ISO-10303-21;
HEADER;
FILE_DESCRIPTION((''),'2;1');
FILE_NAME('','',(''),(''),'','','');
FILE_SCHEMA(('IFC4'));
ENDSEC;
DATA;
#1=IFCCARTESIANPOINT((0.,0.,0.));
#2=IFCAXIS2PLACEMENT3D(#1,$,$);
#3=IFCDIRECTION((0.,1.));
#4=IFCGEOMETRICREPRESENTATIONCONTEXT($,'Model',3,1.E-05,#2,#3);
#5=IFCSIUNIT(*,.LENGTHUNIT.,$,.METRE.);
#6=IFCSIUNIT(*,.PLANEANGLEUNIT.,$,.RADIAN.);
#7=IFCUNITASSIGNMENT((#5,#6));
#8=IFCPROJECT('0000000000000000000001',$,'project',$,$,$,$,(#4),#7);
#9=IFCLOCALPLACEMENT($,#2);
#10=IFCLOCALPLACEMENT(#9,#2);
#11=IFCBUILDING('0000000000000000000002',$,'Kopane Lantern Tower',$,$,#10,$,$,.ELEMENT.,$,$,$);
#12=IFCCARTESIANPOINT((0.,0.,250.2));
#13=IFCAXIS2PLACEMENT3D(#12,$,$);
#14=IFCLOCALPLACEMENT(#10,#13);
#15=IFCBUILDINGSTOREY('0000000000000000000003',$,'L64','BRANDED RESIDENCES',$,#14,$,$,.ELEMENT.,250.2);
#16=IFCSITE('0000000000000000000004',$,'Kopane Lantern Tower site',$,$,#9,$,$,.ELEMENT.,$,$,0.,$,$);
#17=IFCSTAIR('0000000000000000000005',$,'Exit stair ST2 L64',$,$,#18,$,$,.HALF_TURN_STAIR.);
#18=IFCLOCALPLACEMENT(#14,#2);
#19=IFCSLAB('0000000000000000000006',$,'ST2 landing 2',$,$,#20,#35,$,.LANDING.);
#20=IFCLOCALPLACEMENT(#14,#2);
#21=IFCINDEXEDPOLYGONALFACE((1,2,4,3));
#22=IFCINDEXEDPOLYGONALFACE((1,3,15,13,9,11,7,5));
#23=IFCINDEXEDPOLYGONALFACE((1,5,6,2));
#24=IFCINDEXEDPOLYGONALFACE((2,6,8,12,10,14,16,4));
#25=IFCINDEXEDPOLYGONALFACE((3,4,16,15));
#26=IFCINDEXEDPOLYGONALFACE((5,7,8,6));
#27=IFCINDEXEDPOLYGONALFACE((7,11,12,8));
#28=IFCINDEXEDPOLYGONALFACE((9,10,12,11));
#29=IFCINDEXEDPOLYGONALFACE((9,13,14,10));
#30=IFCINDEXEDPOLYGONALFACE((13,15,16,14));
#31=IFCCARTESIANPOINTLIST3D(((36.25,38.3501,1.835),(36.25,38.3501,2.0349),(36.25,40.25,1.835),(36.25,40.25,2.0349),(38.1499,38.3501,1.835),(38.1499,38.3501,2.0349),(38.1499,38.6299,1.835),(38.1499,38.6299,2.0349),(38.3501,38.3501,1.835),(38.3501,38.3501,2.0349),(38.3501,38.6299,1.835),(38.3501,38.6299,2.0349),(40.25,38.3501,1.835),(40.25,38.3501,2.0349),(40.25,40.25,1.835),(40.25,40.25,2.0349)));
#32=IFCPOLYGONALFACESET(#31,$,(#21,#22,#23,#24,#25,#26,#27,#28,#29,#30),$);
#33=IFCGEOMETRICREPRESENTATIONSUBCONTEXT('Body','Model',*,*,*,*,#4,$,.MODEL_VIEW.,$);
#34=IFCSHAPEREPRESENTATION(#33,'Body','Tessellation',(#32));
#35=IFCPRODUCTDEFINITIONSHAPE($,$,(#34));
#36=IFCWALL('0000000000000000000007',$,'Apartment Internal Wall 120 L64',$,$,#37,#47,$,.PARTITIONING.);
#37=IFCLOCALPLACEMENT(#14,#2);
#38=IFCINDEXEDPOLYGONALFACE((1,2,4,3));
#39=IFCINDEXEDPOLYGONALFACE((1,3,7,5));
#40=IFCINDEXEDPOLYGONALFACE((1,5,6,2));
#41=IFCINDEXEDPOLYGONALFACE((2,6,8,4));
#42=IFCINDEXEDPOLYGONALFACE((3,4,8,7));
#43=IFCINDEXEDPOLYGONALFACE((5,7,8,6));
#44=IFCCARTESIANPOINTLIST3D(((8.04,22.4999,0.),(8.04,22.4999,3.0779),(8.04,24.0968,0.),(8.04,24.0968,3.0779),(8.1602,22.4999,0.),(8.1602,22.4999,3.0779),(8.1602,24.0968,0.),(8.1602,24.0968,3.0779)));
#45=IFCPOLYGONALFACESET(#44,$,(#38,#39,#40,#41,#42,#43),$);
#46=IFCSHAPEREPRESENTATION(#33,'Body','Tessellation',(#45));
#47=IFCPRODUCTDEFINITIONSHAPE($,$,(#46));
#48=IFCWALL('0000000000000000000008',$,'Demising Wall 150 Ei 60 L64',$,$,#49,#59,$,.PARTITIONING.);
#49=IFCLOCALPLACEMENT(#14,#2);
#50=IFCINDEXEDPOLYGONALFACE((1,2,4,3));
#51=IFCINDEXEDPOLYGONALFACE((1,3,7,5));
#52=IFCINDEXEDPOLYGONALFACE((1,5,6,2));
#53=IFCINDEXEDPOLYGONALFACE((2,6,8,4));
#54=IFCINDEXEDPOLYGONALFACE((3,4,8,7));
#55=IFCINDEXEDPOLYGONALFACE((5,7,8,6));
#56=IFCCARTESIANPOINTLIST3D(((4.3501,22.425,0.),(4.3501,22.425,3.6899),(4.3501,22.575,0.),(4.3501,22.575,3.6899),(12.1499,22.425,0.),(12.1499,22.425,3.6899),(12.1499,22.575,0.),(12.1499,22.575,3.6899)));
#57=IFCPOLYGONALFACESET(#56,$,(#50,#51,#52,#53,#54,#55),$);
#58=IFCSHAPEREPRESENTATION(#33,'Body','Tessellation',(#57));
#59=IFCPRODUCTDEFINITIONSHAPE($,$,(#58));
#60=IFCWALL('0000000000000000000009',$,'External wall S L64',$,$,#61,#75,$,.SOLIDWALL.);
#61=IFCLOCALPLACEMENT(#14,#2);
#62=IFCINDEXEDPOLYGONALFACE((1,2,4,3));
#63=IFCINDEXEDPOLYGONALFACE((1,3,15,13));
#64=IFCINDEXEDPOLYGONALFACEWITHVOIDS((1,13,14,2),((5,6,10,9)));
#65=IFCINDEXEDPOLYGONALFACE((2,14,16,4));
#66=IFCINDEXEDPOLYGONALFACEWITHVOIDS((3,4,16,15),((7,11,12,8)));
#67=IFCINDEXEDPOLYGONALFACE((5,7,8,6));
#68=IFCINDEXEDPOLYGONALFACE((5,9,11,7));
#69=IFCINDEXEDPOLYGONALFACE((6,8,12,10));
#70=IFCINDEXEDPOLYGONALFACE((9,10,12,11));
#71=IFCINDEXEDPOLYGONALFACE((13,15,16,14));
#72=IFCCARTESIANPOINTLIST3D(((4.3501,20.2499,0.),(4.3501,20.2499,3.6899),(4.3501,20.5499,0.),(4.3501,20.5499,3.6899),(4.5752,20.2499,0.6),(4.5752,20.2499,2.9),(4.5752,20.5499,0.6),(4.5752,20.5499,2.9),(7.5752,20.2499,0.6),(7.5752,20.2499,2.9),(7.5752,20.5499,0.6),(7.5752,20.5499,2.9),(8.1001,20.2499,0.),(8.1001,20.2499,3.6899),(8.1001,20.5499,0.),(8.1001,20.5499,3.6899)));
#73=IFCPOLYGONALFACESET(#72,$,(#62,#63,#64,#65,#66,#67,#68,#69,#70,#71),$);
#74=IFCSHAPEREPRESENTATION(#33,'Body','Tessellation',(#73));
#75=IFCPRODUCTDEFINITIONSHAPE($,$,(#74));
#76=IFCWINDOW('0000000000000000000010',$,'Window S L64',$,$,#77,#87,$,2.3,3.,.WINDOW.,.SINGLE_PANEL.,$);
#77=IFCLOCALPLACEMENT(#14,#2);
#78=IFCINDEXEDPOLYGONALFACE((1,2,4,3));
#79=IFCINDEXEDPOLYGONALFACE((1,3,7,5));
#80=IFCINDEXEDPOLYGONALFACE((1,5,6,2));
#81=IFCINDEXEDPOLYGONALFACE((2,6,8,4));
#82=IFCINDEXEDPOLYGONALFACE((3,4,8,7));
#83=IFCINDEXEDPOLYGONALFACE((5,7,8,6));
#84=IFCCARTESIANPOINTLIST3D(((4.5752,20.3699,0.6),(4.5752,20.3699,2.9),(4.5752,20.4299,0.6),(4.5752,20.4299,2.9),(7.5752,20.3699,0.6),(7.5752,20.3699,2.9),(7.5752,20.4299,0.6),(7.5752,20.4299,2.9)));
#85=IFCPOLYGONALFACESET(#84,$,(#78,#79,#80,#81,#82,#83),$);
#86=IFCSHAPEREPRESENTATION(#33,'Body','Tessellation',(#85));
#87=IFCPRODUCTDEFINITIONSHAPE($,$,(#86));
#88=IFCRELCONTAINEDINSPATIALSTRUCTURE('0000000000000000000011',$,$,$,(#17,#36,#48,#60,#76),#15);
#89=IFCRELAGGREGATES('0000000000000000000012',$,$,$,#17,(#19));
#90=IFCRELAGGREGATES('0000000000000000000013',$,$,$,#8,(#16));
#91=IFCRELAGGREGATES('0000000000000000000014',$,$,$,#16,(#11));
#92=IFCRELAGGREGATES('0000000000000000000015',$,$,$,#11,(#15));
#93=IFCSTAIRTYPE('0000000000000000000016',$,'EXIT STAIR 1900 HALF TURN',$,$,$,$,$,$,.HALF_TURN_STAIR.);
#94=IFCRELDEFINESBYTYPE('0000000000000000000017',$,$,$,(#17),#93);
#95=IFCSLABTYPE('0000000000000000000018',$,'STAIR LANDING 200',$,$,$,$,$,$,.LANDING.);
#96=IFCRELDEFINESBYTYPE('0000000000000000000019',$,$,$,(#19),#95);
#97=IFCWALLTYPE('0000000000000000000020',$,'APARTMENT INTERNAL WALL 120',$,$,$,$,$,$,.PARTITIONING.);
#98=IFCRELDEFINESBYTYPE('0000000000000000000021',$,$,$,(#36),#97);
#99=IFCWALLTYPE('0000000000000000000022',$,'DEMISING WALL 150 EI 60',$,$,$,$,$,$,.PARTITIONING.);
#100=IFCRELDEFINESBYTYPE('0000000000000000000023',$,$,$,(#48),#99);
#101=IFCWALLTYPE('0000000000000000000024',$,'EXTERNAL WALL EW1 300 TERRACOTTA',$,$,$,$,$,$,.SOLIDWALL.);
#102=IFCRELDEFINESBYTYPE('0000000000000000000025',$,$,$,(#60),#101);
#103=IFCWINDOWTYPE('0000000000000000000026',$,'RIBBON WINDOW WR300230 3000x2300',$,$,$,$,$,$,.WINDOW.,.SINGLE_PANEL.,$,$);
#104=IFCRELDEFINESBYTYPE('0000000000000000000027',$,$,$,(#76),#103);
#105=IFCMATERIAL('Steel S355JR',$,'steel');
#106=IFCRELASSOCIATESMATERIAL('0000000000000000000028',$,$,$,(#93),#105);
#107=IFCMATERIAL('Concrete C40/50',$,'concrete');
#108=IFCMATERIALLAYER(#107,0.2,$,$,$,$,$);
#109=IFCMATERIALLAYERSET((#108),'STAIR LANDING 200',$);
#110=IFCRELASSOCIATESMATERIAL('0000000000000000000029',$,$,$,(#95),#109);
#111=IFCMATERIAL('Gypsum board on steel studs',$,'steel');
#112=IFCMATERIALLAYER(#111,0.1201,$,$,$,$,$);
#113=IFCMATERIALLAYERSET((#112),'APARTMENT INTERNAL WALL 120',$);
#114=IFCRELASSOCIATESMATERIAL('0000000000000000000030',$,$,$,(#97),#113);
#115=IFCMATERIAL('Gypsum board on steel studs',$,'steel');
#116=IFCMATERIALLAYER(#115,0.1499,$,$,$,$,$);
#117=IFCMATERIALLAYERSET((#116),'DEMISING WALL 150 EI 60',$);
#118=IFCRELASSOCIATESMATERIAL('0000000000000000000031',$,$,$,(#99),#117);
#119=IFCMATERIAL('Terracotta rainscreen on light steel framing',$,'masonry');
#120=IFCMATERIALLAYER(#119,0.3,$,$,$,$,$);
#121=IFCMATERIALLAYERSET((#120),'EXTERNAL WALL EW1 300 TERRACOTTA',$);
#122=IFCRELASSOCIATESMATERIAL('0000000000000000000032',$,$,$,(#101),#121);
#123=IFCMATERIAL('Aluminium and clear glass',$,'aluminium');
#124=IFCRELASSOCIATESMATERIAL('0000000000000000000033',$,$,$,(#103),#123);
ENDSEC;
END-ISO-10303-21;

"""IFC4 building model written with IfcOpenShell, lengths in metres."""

from ifc_helpers import new_model, si_unit, direction, frame, frame_2d, origin, place, context, subcontext, project, spatial, polyline, rectangle, outline, extrude, material, layer, layer_set, type_object, element, fill, aggregate, save


model = new_model("IFC4")

# Units and contexts
model_context = context("Model", 3, precision=1e-05, world=origin(), true_north=direction((0.0, 1.0)))
body_context = subcontext(model_context, "Body", "Model", "MODEL_VIEW")
ifc_project = project(units=[si_unit("LENGTHUNIT", "METRE"), si_unit("PLANEANGLEUNIT", "RADIAN")], contexts=[model_context])

# Site, building, storey
site_placement = place(None, origin())
site = spatial("IfcSite", under=ifc_project, at=site_placement, Name="Kopane Lantern Tower site", CompositionType="ELEMENT", RefElevation=0.0)
building_placement = place(site_placement, origin())
building = spatial("IfcBuilding", under=site, at=building_placement, Name="Kopane Lantern Tower", CompositionType="ELEMENT")
storey_placement = place(building_placement, frame((0.0, 0.0, 250.2)))
storey = spatial("IfcBuildingStorey", under=building, at=storey_placement, Name="L64", Description="BRANDED RESIDENCES", CompositionType="ELEMENT", Elevation=250.2)

# Stair, slab
ifc_material_1 = material(Name="Steel S355JR", Category="steel")
stair_type = type_object("IfcStairType", Name="EXIT STAIR 1900 HALF TURN", PredefinedType="HALF_TURN_STAIR", material=ifc_material_1)
ifc_material_2 = material(Name="Concrete C40/50", Category="concrete")
ifc_layer_1 = layer(ifc_material_2, 0.2)
ifc_layer_set_1 = layer_set([ifc_layer_1], Name="STAIR LANDING 200")
slab_type_1 = type_object("IfcSlabType", Name="STAIR LANDING 200", PredefinedType="LANDING", material=ifc_layer_set_1)
stair_1_placement = place(storey_placement, origin())
stair_1 = element("IfcStair", 1, at=stair_1_placement, inside=storey, type_object=stair_type, Name="Exit stair ST2 L64", PredefinedType="HALF_TURN_STAIR")
slab_1_placement = place(storey_placement, frame((0.0, 0.0, 1.835)))
slab_1 = element("IfcSlab", 2, at=slab_1_placement, type_object=slab_type_1, Name="ST2 landing 2", PredefinedType="LANDING", context=body_context, shape_type="SweptSolid", body=[
    extrude(outline(polyline([(38.1499, 38.6299), (38.3501, 38.6299), (38.3501, 38.3501), (40.25, 38.3501), (40.25, 40.25), (36.25, 40.25), (36.25, 38.3501), (38.1499, 38.3501), (38.1499, 38.6299)])), origin(), (0.0, 0.0, 1.0), 0.2),
])
aggregate(stair_1, [slab_1])

# Walls
ifc_material_3 = material(Name="Gypsum board on steel studs", Category="steel")
ifc_layer_2 = layer(ifc_material_3, 0.1201)
ifc_layer_set_2 = layer_set([ifc_layer_2], Name="APARTMENT INTERNAL WALL 120")
wall_type_1 = type_object("IfcWallType", Name="APARTMENT INTERNAL WALL 120", PredefinedType="PARTITIONING", material=ifc_layer_set_2)
wall_1_placement = place(storey_placement, frame((8.1001, 22.5, 0.0), z_axis=(0.0, 0.0, 1.0), x_axis=(0.0, 1.0, 0.0)))
element("IfcWall", 3, at=wall_1_placement, inside=storey, type_object=wall_type_1, Name="Apartment Internal Wall 120 L64", PredefinedType="PARTITIONING", context=body_context, shape_type="SweptSolid", body=[
    extrude(rectangle(XDim=1.5969, YDim=0.1201, at=frame_2d((0.7983, 0.0))), origin(), (0.0, 0.0, 1.0), 3.0779),
])
ifc_material_4 = material(Name="Gypsum board on steel studs", Category="steel")
ifc_layer_3 = layer(ifc_material_4, 0.1499)
ifc_layer_set_3 = layer_set([ifc_layer_3], Name="DEMISING WALL 150 EI 60")
wall_type_2 = type_object("IfcWallType", Name="DEMISING WALL 150 EI 60", PredefinedType="PARTITIONING", material=ifc_layer_set_3)
wall_2_placement = place(storey_placement, frame((4.3501, 22.5, 0.0), z_axis=(0.0, 0.0, 1.0), x_axis=(1.0, 0.0, 0.0)))
element("IfcWall", 4, at=wall_2_placement, inside=storey, type_object=wall_type_2, Name="Demising Wall 150 Ei 60 L64", PredefinedType="PARTITIONING", context=body_context, shape_type="SweptSolid", body=[
    extrude(rectangle(XDim=7.7998, YDim=0.1499, at=frame_2d((3.8999, 0.0))), origin(), (0.0, 0.0, 1.0), 3.6899),
])

# Wall, opening, window
ifc_material_5 = material(Name="Terracotta rainscreen on light steel framing", Category="masonry")
ifc_layer_4 = layer(ifc_material_5, 0.3)
ifc_layer_set_4 = layer_set([ifc_layer_4], Name="EXTERNAL WALL EW1 300 TERRACOTTA")
wall_type_3 = type_object("IfcWallType", Name="EXTERNAL WALL EW1 300 TERRACOTTA", PredefinedType="SOLIDWALL", material=ifc_layer_set_4)
wall_3_placement = place(storey_placement, frame((4.3501, 20.3999, 0.0), z_axis=(0.0, 0.0, 1.0), x_axis=(1.0, 0.0, 0.0)))
wall_3 = element("IfcWall", 5, at=wall_3_placement, inside=storey, type_object=wall_type_3, Name="External wall S L64", PredefinedType="SOLIDWALL", context=body_context, shape_type="SweptSolid", body=[
    extrude(rectangle(XDim=3.75, YDim=0.3, at=frame_2d((1.875, 0.0))), origin(), (0.0, 0.0, 1.0), 3.6899),
])
opening_placement = place(wall_3_placement, frame((0.2251, 0.0, 0.6001)))
opening = element("IfcOpeningElement", 6, at=opening_placement, cuts=wall_3, PredefinedType="OPENING", context=body_context, shape_type="SweptSolid", body=[
    extrude(rectangle(XDim=3.0, YDim=2.3, at=frame_2d((1.5, 1.1499))), frame((0.0, 0.1599, 0.0), z_axis=(0.0, -1.0, 0.0), x_axis=(1.0, 0.0, 0.0)), (0.0, 0.0, 1.0), 0.3201),
])
ifc_material_6 = material(Name="Aluminium and clear glass", Category="aluminium")
window_type = type_object("IfcWindowType", Name="RIBBON WINDOW WR300230 3000x2300", PartitioningType="SINGLE_PANEL", PredefinedType="WINDOW", material=ifc_material_6)
window_placement = place(opening_placement, origin())
window = element("IfcWindow", 7, at=window_placement, inside=storey, type_object=window_type, Name="Window S L64", OverallHeight=2.3, OverallWidth=3.0, PartitioningType="SINGLE_PANEL", PredefinedType="WINDOW", context=body_context, shape_type="SweptSolid", body=[
    extrude(rectangle(XDim=3.0, YDim=2.3, at=frame_2d((1.5, 1.1499))), frame((0.0, 0.03, 0.0), z_axis=(0.0, -1.0, 0.0), x_axis=(1.0, 0.0, 0.0)), (0.0, 0.0, 1.0), 0.0601),
])
fill(opening, window)

save(model, "model.ifc")
